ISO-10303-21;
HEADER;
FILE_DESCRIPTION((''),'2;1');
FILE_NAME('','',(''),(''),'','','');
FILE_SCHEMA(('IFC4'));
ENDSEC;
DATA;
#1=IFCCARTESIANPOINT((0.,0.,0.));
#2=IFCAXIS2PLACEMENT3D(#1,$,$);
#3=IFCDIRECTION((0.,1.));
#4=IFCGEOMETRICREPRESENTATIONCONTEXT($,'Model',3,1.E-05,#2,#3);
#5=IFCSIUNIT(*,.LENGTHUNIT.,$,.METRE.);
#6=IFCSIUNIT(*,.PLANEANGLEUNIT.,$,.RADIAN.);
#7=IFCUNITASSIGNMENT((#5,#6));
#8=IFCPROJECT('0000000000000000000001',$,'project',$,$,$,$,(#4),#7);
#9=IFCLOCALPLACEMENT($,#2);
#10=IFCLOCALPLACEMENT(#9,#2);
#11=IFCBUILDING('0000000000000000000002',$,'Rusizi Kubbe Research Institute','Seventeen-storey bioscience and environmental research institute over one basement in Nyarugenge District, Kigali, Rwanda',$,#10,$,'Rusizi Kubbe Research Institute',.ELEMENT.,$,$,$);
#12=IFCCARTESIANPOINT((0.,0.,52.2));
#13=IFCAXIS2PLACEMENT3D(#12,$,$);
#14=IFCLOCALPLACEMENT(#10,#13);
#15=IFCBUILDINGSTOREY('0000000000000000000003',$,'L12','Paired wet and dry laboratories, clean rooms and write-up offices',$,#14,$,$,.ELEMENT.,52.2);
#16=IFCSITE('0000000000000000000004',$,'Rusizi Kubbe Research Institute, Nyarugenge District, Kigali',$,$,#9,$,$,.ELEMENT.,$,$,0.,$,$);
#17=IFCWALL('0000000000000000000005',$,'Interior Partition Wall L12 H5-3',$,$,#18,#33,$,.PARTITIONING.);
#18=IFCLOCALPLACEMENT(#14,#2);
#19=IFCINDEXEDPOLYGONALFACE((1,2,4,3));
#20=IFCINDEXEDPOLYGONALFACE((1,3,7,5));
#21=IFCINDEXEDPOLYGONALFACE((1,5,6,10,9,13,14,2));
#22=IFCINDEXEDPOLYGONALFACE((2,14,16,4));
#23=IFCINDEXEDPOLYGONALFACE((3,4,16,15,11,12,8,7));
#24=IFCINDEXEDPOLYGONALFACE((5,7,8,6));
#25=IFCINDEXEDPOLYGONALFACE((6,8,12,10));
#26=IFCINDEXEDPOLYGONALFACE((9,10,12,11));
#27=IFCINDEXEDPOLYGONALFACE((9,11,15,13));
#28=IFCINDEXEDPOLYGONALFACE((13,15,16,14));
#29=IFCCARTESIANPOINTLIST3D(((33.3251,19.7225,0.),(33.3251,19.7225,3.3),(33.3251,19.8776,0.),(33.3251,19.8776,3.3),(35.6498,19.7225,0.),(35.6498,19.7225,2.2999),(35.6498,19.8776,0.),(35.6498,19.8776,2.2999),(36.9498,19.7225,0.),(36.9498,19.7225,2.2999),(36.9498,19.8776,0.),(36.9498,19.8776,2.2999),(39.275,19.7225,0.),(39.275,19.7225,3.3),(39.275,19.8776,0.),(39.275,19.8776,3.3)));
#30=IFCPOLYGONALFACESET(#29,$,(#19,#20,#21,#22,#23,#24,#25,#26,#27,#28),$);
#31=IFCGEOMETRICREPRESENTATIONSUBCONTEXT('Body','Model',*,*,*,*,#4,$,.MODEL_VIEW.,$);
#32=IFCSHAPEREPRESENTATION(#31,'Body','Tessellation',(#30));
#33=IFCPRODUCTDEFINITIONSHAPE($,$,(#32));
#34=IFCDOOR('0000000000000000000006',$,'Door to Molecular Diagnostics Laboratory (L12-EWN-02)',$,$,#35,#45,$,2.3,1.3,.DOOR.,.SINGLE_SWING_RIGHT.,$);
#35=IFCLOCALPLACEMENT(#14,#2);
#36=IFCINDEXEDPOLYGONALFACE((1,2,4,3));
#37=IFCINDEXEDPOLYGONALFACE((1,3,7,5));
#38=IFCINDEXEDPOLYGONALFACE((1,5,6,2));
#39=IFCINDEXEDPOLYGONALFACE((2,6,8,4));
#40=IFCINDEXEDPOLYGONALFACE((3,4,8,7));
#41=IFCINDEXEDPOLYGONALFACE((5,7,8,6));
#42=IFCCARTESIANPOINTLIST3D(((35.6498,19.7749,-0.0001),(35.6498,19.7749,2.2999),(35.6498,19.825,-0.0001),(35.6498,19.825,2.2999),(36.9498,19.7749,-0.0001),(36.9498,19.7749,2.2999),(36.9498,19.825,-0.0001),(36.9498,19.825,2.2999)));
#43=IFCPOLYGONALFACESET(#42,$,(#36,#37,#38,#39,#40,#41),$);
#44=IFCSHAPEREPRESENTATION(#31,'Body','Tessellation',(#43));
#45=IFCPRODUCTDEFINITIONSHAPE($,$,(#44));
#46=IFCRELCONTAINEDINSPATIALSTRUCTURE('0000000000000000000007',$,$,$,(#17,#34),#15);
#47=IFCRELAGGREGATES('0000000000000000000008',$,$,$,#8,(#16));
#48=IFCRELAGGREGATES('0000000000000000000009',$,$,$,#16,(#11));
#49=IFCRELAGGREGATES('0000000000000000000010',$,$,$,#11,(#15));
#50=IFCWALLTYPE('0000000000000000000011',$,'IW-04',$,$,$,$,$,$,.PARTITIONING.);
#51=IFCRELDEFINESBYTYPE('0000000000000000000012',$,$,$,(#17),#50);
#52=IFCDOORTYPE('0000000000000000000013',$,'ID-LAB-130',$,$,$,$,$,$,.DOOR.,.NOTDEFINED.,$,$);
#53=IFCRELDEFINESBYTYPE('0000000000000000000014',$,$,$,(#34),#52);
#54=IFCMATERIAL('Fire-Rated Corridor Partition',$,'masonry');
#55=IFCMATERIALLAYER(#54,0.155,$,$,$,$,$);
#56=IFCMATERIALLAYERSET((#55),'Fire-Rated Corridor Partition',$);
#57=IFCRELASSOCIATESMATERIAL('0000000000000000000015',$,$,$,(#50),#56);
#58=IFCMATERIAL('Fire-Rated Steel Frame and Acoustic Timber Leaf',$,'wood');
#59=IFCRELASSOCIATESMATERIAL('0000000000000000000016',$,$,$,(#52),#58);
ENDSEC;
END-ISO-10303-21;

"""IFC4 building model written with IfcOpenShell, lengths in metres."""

from ifc_helpers import new_model, si_unit, direction, frame, frame_2d, origin, place, context, subcontext, project, spatial, rectangle, extrude, material, layer, layer_set, type_object, element, fill, save


model = new_model("IFC4")

# Units and contexts
model_context = context("Model", 3, precision=1e-05, world=origin(), true_north=direction((0.0, 1.0)))
body_context = subcontext(model_context, "Body", "Model", "MODEL_VIEW")
ifc_project = project(units=[si_unit("LENGTHUNIT", "METRE"), si_unit("PLANEANGLEUNIT", "RADIAN")], contexts=[model_context])

# Site, building, storey
site_placement = place(None, origin())
site = spatial("IfcSite", under=ifc_project, at=site_placement, Name="Rusizi Kubbe Research Institute, Nyarugenge District, Kigali", CompositionType="ELEMENT", RefElevation=0.0)
building_placement = place(site_placement, origin())
building = spatial("IfcBuilding", under=site, at=building_placement, Name="Rusizi Kubbe Research Institute", Description="Seventeen-storey bioscience and environmental research institute over one basement in Nyarugenge District, Kigali, Rwanda", LongName="Rusizi Kubbe Research Institute", CompositionType="ELEMENT")
storey_placement = place(building_placement, frame((0.0, 0.0, 52.2)))
storey = spatial("IfcBuildingStorey", under=building, at=storey_placement, Name="L12", Description="Paired wet and dry laboratories, clean rooms and write-up offices", CompositionType="ELEMENT", Elevation=52.2)

# Wall, opening, door
ifc_material_1 = material(Name="Fire-Rated Corridor Partition", Category="masonry")
ifc_layer_1 = layer(ifc_material_1, 0.155)
ifc_layer_set_1 = layer_set([ifc_layer_1], Name="Fire-Rated Corridor Partition")
wall_type = type_object("IfcWallType", Name="IW-04", PredefinedType="PARTITIONING", material=ifc_layer_set_1)
wall_placement = place(storey_placement, frame((33.325, 19.8, 0.0), z_axis=(0.0, 0.0, 1.0), x_axis=(1.0, 0.0, 0.0)))
wall = element("IfcWall", 1, at=wall_placement, inside=storey, type_object=wall_type, Name="Interior Partition Wall L12 H5-3", PredefinedType="PARTITIONING", context=body_context, shape_type="SweptSolid", body=[
    extrude(rectangle(XDim=5.95, YDim=0.155, at=frame_2d((2.9751, 0.0))), origin(), (0.0, 0.0, 1.0), 3.3),
])
opening_placement = place(wall_placement, frame((2.325, 0.0, 0.0)))
opening = element("IfcOpeningElement", 2, at=opening_placement, cuts=wall, PredefinedType="OPENING", context=body_context, shape_type="SweptSolid", body=[
    extrude(rectangle(XDim=1.3, YDim=2.3, at=frame_2d((0.6499, 1.1499))), frame((0.0, 0.0874, 0.0), z_axis=(0.0, -1.0, 0.0), x_axis=(1.0, 0.0, 0.0)), (0.0, 0.0, 1.0), 0.175),
])
ifc_material_2 = material(Name="Fire-Rated Steel Frame and Acoustic Timber Leaf", Category="wood")
door_type = type_object("IfcDoorType", Name="ID-LAB-130", OperationType="NOTDEFINED", PredefinedType="DOOR", material=ifc_material_2)
door_placement = place(opening_placement, origin())
door = element("IfcDoor", 3, at=door_placement, inside=storey, type_object=door_type, Name="Door to Molecular Diagnostics Laboratory (L12-EWN-02)", OperationType="SINGLE_SWING_RIGHT", OverallHeight=2.3, OverallWidth=1.3, PredefinedType="DOOR", context=body_context, shape_type="SweptSolid", body=[
    extrude(rectangle(XDim=1.3, YDim=2.3, at=frame_2d((0.6499, 1.1499))), frame((0.0, 0.0249, 0.0), z_axis=(0.0, -1.0, 0.0), x_axis=(1.0, 0.0, 0.0)), (0.0, 0.0, 1.0), 0.05),
])
fill(opening, door)

save(model, "model.ifc")
